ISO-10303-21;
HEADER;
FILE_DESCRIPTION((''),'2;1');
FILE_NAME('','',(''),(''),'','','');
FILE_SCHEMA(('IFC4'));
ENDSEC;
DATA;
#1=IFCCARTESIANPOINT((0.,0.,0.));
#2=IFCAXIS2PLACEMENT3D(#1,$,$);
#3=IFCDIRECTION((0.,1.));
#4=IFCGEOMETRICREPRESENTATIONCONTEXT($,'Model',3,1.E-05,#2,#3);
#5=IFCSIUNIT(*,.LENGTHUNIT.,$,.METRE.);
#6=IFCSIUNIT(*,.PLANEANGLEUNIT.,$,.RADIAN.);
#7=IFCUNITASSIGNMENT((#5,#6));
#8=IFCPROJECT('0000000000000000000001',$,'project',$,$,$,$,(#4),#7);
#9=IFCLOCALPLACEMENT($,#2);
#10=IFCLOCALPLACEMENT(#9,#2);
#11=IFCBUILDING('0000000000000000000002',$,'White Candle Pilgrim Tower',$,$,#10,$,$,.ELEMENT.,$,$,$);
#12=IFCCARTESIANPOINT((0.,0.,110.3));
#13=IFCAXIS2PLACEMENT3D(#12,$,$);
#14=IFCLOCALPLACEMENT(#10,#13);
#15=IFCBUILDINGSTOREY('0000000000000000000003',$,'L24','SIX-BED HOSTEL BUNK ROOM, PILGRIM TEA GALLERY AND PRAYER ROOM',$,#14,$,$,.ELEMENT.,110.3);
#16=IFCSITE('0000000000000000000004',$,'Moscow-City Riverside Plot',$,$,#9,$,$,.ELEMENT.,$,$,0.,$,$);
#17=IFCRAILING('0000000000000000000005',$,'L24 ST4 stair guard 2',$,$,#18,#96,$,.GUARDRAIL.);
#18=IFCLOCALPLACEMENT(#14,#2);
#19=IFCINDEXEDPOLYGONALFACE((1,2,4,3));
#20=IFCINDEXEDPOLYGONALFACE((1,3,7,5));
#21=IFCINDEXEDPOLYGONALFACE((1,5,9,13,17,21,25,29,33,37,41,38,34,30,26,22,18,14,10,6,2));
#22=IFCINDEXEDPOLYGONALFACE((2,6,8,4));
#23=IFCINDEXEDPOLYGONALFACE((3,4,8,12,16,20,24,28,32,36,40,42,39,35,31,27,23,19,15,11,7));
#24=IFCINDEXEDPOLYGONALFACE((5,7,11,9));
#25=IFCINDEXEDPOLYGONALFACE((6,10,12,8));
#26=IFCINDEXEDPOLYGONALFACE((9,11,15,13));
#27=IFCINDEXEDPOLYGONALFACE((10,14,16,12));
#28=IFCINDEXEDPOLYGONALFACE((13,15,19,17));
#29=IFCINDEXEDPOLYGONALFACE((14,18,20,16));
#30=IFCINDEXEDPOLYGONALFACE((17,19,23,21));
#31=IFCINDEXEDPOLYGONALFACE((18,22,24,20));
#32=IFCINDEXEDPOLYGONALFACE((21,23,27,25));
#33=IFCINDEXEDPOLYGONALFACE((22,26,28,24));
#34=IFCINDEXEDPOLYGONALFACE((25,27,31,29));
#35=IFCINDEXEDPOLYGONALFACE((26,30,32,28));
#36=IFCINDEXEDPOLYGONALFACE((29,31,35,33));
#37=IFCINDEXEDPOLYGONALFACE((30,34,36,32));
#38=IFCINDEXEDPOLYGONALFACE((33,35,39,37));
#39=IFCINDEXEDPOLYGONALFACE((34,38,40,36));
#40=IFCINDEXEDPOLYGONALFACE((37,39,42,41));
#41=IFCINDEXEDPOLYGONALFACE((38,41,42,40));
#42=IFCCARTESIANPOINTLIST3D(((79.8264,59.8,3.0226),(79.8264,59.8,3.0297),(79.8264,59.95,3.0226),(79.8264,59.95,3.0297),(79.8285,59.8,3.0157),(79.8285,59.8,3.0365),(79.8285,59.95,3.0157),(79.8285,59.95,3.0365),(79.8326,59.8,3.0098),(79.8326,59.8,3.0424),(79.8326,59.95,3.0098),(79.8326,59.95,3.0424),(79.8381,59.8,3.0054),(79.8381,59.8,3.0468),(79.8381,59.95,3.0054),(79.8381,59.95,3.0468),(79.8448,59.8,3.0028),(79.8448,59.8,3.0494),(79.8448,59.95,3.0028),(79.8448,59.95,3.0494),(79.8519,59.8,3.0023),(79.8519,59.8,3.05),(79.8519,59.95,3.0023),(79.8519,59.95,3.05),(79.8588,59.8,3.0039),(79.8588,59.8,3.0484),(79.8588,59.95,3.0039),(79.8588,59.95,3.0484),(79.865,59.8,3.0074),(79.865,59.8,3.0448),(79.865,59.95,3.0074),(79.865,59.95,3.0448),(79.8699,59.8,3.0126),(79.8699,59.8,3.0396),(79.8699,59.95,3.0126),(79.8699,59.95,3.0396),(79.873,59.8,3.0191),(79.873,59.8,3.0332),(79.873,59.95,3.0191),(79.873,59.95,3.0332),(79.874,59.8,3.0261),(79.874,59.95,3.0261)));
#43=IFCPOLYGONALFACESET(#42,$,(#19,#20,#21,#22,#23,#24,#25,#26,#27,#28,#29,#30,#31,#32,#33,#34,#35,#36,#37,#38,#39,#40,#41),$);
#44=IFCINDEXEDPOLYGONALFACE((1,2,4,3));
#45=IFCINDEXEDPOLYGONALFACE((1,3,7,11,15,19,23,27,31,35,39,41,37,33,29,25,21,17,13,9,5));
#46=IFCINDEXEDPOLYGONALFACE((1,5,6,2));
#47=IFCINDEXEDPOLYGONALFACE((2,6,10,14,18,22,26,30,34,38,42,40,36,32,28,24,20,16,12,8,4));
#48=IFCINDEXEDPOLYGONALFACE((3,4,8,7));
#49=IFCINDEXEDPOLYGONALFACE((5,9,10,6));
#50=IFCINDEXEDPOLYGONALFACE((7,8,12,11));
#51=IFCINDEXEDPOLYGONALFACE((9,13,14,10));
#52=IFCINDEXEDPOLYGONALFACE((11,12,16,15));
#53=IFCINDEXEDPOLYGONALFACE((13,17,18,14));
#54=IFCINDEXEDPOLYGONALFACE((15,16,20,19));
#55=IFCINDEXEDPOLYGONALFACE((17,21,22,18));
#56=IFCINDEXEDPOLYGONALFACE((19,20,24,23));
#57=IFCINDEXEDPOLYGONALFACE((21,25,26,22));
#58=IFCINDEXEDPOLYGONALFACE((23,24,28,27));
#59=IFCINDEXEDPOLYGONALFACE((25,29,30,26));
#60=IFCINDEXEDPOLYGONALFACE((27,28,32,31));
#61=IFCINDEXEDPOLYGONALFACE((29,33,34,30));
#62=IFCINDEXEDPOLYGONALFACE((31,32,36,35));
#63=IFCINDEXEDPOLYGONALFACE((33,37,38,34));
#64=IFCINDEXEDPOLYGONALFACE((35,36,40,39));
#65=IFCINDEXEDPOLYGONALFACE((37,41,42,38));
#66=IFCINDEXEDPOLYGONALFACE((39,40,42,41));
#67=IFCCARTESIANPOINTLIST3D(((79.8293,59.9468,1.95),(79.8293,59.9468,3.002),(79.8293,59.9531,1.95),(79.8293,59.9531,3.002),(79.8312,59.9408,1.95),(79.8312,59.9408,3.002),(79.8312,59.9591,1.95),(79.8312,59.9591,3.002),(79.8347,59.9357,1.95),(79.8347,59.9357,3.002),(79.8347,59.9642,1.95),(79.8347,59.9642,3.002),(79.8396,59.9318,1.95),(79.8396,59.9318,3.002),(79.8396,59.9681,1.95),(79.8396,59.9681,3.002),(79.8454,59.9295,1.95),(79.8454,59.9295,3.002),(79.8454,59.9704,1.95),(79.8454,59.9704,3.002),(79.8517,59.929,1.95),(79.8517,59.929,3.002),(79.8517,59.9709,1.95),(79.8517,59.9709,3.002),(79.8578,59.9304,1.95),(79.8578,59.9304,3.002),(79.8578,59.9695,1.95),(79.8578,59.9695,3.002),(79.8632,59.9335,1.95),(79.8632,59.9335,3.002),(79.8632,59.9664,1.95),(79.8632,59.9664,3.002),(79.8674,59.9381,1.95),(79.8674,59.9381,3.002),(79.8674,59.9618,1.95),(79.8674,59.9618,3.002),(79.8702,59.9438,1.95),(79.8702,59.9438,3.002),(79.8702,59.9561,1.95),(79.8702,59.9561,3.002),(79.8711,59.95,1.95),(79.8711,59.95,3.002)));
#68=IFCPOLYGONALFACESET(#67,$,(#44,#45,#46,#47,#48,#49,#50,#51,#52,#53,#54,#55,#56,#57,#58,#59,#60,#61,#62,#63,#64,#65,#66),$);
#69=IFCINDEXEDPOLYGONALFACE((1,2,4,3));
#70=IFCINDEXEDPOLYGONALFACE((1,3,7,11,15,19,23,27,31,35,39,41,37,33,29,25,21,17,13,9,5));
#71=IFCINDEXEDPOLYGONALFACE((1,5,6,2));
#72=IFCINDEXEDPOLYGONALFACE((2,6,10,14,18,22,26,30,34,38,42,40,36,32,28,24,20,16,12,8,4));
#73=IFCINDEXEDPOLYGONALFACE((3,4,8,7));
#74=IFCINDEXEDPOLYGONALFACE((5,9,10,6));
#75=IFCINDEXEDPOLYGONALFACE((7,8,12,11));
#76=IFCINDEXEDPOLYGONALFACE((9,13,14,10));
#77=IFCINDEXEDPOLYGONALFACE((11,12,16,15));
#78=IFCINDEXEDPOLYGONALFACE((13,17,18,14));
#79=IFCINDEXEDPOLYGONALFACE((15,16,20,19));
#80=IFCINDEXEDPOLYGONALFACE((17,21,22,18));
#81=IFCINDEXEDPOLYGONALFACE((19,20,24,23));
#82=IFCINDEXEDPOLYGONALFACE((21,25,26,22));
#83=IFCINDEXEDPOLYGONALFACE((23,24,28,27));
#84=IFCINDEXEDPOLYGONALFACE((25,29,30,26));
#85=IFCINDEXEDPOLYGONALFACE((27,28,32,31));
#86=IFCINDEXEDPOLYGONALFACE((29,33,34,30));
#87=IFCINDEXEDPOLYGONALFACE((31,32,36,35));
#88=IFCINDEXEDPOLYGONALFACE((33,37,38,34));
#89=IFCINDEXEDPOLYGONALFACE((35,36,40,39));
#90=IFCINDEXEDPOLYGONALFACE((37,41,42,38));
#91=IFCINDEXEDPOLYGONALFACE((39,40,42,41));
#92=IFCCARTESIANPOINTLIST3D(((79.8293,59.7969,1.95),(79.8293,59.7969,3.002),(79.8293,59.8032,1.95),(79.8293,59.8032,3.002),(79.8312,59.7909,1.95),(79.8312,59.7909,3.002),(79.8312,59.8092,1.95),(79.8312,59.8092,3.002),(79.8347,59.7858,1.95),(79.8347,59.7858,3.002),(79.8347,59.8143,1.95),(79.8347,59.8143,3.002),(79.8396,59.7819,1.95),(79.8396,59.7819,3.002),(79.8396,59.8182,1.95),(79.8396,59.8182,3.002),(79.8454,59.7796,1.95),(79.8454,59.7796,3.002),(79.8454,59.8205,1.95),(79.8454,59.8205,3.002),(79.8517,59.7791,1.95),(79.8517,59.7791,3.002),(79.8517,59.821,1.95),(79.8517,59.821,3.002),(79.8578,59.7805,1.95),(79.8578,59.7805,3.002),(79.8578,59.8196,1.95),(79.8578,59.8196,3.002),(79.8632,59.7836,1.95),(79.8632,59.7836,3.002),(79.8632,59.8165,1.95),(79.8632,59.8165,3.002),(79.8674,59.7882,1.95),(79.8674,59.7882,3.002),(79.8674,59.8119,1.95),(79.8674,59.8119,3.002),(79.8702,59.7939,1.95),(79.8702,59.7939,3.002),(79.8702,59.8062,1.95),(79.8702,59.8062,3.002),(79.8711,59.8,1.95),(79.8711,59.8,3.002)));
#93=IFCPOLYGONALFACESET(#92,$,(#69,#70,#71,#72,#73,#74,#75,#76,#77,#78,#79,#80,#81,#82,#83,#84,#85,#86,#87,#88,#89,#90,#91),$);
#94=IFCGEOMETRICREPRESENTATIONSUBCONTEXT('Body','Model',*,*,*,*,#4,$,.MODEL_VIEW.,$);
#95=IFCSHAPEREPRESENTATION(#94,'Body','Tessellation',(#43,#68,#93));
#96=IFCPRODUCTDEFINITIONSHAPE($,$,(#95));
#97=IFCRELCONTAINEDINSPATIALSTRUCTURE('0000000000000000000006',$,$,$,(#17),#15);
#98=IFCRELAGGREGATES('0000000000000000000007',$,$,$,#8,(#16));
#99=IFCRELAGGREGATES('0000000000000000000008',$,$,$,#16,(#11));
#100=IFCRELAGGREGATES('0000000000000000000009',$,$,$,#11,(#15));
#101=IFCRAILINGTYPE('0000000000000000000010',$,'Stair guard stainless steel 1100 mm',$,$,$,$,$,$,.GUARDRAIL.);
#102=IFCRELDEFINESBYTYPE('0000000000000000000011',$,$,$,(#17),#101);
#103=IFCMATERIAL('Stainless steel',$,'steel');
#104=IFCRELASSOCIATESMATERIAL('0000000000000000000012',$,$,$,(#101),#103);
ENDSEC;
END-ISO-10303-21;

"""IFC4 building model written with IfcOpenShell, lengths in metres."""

from ifc_helpers import new_model, si_unit, direction, frame, origin, origin_2d, place, context, subcontext, project, spatial, circle, extrude, material, type_object, element, save


model = new_model("IFC4")

# Units and contexts
model_context = context("Model", 3, precision=1e-05, world=origin(), true_north=direction((0.0, 1.0)))
body_context = subcontext(model_context, "Body", "Model", "MODEL_VIEW")
ifc_project = project(units=[si_unit("LENGTHUNIT", "METRE"), si_unit("PLANEANGLEUNIT", "RADIAN")], contexts=[model_context])

# Site, building, storey
site_placement = place(None, origin())
site = spatial("IfcSite", under=ifc_project, at=site_placement, Name="Moscow-City Riverside Plot", CompositionType="ELEMENT", RefElevation=0.0)
building_placement = place(site_placement, origin())
building = spatial("IfcBuilding", under=site, at=building_placement, Name="White Candle Pilgrim Tower", CompositionType="ELEMENT")
storey_placement = place(building_placement, frame((0.0, 0.0, 110.3)))
storey = spatial("IfcBuildingStorey", under=building, at=storey_placement, Name="L24", Description="SIX-BED HOSTEL BUNK ROOM, PILGRIM TEA GALLERY AND PRAYER ROOM", CompositionType="ELEMENT", Elevation=110.3)

# Railing
ifc_material_1 = material(Name="Stainless steel", Category="steel")
railing_type_1 = type_object("IfcRailingType", Name="Stair guard stainless steel 1100 mm", PredefinedType="GUARDRAIL", material=ifc_material_1)
railing_1_placement = place(storey_placement, frame((79.8501, 59.95, 1.95)))
element("IfcRailing", 1, at=railing_1_placement, inside=storey, type_object=railing_type_1, Name="L24 ST4 stair guard 2", PredefinedType="GUARDRAIL", context=body_context, shape_type="SweptSolid", body=[
    extrude(circle(Radius=0.0239, at=origin_2d()), frame((0.0, 0.0, 1.0762), z_axis=(0.0, -1.0, 0.0), x_axis=(1.0, 0.0, 0.0)), (0.0, 0.0, 1.0), 0.1499),
    extrude(circle(Radius=0.021, at=origin_2d()), origin(), (0.0, 0.0, 1.0), 1.052),
    extrude(circle(Radius=0.021, at=origin_2d()), frame((0.0, -0.1499, 0.0)), (0.0, 0.0, 1.0), 1.052),
])

save(model, "model.ifc")
